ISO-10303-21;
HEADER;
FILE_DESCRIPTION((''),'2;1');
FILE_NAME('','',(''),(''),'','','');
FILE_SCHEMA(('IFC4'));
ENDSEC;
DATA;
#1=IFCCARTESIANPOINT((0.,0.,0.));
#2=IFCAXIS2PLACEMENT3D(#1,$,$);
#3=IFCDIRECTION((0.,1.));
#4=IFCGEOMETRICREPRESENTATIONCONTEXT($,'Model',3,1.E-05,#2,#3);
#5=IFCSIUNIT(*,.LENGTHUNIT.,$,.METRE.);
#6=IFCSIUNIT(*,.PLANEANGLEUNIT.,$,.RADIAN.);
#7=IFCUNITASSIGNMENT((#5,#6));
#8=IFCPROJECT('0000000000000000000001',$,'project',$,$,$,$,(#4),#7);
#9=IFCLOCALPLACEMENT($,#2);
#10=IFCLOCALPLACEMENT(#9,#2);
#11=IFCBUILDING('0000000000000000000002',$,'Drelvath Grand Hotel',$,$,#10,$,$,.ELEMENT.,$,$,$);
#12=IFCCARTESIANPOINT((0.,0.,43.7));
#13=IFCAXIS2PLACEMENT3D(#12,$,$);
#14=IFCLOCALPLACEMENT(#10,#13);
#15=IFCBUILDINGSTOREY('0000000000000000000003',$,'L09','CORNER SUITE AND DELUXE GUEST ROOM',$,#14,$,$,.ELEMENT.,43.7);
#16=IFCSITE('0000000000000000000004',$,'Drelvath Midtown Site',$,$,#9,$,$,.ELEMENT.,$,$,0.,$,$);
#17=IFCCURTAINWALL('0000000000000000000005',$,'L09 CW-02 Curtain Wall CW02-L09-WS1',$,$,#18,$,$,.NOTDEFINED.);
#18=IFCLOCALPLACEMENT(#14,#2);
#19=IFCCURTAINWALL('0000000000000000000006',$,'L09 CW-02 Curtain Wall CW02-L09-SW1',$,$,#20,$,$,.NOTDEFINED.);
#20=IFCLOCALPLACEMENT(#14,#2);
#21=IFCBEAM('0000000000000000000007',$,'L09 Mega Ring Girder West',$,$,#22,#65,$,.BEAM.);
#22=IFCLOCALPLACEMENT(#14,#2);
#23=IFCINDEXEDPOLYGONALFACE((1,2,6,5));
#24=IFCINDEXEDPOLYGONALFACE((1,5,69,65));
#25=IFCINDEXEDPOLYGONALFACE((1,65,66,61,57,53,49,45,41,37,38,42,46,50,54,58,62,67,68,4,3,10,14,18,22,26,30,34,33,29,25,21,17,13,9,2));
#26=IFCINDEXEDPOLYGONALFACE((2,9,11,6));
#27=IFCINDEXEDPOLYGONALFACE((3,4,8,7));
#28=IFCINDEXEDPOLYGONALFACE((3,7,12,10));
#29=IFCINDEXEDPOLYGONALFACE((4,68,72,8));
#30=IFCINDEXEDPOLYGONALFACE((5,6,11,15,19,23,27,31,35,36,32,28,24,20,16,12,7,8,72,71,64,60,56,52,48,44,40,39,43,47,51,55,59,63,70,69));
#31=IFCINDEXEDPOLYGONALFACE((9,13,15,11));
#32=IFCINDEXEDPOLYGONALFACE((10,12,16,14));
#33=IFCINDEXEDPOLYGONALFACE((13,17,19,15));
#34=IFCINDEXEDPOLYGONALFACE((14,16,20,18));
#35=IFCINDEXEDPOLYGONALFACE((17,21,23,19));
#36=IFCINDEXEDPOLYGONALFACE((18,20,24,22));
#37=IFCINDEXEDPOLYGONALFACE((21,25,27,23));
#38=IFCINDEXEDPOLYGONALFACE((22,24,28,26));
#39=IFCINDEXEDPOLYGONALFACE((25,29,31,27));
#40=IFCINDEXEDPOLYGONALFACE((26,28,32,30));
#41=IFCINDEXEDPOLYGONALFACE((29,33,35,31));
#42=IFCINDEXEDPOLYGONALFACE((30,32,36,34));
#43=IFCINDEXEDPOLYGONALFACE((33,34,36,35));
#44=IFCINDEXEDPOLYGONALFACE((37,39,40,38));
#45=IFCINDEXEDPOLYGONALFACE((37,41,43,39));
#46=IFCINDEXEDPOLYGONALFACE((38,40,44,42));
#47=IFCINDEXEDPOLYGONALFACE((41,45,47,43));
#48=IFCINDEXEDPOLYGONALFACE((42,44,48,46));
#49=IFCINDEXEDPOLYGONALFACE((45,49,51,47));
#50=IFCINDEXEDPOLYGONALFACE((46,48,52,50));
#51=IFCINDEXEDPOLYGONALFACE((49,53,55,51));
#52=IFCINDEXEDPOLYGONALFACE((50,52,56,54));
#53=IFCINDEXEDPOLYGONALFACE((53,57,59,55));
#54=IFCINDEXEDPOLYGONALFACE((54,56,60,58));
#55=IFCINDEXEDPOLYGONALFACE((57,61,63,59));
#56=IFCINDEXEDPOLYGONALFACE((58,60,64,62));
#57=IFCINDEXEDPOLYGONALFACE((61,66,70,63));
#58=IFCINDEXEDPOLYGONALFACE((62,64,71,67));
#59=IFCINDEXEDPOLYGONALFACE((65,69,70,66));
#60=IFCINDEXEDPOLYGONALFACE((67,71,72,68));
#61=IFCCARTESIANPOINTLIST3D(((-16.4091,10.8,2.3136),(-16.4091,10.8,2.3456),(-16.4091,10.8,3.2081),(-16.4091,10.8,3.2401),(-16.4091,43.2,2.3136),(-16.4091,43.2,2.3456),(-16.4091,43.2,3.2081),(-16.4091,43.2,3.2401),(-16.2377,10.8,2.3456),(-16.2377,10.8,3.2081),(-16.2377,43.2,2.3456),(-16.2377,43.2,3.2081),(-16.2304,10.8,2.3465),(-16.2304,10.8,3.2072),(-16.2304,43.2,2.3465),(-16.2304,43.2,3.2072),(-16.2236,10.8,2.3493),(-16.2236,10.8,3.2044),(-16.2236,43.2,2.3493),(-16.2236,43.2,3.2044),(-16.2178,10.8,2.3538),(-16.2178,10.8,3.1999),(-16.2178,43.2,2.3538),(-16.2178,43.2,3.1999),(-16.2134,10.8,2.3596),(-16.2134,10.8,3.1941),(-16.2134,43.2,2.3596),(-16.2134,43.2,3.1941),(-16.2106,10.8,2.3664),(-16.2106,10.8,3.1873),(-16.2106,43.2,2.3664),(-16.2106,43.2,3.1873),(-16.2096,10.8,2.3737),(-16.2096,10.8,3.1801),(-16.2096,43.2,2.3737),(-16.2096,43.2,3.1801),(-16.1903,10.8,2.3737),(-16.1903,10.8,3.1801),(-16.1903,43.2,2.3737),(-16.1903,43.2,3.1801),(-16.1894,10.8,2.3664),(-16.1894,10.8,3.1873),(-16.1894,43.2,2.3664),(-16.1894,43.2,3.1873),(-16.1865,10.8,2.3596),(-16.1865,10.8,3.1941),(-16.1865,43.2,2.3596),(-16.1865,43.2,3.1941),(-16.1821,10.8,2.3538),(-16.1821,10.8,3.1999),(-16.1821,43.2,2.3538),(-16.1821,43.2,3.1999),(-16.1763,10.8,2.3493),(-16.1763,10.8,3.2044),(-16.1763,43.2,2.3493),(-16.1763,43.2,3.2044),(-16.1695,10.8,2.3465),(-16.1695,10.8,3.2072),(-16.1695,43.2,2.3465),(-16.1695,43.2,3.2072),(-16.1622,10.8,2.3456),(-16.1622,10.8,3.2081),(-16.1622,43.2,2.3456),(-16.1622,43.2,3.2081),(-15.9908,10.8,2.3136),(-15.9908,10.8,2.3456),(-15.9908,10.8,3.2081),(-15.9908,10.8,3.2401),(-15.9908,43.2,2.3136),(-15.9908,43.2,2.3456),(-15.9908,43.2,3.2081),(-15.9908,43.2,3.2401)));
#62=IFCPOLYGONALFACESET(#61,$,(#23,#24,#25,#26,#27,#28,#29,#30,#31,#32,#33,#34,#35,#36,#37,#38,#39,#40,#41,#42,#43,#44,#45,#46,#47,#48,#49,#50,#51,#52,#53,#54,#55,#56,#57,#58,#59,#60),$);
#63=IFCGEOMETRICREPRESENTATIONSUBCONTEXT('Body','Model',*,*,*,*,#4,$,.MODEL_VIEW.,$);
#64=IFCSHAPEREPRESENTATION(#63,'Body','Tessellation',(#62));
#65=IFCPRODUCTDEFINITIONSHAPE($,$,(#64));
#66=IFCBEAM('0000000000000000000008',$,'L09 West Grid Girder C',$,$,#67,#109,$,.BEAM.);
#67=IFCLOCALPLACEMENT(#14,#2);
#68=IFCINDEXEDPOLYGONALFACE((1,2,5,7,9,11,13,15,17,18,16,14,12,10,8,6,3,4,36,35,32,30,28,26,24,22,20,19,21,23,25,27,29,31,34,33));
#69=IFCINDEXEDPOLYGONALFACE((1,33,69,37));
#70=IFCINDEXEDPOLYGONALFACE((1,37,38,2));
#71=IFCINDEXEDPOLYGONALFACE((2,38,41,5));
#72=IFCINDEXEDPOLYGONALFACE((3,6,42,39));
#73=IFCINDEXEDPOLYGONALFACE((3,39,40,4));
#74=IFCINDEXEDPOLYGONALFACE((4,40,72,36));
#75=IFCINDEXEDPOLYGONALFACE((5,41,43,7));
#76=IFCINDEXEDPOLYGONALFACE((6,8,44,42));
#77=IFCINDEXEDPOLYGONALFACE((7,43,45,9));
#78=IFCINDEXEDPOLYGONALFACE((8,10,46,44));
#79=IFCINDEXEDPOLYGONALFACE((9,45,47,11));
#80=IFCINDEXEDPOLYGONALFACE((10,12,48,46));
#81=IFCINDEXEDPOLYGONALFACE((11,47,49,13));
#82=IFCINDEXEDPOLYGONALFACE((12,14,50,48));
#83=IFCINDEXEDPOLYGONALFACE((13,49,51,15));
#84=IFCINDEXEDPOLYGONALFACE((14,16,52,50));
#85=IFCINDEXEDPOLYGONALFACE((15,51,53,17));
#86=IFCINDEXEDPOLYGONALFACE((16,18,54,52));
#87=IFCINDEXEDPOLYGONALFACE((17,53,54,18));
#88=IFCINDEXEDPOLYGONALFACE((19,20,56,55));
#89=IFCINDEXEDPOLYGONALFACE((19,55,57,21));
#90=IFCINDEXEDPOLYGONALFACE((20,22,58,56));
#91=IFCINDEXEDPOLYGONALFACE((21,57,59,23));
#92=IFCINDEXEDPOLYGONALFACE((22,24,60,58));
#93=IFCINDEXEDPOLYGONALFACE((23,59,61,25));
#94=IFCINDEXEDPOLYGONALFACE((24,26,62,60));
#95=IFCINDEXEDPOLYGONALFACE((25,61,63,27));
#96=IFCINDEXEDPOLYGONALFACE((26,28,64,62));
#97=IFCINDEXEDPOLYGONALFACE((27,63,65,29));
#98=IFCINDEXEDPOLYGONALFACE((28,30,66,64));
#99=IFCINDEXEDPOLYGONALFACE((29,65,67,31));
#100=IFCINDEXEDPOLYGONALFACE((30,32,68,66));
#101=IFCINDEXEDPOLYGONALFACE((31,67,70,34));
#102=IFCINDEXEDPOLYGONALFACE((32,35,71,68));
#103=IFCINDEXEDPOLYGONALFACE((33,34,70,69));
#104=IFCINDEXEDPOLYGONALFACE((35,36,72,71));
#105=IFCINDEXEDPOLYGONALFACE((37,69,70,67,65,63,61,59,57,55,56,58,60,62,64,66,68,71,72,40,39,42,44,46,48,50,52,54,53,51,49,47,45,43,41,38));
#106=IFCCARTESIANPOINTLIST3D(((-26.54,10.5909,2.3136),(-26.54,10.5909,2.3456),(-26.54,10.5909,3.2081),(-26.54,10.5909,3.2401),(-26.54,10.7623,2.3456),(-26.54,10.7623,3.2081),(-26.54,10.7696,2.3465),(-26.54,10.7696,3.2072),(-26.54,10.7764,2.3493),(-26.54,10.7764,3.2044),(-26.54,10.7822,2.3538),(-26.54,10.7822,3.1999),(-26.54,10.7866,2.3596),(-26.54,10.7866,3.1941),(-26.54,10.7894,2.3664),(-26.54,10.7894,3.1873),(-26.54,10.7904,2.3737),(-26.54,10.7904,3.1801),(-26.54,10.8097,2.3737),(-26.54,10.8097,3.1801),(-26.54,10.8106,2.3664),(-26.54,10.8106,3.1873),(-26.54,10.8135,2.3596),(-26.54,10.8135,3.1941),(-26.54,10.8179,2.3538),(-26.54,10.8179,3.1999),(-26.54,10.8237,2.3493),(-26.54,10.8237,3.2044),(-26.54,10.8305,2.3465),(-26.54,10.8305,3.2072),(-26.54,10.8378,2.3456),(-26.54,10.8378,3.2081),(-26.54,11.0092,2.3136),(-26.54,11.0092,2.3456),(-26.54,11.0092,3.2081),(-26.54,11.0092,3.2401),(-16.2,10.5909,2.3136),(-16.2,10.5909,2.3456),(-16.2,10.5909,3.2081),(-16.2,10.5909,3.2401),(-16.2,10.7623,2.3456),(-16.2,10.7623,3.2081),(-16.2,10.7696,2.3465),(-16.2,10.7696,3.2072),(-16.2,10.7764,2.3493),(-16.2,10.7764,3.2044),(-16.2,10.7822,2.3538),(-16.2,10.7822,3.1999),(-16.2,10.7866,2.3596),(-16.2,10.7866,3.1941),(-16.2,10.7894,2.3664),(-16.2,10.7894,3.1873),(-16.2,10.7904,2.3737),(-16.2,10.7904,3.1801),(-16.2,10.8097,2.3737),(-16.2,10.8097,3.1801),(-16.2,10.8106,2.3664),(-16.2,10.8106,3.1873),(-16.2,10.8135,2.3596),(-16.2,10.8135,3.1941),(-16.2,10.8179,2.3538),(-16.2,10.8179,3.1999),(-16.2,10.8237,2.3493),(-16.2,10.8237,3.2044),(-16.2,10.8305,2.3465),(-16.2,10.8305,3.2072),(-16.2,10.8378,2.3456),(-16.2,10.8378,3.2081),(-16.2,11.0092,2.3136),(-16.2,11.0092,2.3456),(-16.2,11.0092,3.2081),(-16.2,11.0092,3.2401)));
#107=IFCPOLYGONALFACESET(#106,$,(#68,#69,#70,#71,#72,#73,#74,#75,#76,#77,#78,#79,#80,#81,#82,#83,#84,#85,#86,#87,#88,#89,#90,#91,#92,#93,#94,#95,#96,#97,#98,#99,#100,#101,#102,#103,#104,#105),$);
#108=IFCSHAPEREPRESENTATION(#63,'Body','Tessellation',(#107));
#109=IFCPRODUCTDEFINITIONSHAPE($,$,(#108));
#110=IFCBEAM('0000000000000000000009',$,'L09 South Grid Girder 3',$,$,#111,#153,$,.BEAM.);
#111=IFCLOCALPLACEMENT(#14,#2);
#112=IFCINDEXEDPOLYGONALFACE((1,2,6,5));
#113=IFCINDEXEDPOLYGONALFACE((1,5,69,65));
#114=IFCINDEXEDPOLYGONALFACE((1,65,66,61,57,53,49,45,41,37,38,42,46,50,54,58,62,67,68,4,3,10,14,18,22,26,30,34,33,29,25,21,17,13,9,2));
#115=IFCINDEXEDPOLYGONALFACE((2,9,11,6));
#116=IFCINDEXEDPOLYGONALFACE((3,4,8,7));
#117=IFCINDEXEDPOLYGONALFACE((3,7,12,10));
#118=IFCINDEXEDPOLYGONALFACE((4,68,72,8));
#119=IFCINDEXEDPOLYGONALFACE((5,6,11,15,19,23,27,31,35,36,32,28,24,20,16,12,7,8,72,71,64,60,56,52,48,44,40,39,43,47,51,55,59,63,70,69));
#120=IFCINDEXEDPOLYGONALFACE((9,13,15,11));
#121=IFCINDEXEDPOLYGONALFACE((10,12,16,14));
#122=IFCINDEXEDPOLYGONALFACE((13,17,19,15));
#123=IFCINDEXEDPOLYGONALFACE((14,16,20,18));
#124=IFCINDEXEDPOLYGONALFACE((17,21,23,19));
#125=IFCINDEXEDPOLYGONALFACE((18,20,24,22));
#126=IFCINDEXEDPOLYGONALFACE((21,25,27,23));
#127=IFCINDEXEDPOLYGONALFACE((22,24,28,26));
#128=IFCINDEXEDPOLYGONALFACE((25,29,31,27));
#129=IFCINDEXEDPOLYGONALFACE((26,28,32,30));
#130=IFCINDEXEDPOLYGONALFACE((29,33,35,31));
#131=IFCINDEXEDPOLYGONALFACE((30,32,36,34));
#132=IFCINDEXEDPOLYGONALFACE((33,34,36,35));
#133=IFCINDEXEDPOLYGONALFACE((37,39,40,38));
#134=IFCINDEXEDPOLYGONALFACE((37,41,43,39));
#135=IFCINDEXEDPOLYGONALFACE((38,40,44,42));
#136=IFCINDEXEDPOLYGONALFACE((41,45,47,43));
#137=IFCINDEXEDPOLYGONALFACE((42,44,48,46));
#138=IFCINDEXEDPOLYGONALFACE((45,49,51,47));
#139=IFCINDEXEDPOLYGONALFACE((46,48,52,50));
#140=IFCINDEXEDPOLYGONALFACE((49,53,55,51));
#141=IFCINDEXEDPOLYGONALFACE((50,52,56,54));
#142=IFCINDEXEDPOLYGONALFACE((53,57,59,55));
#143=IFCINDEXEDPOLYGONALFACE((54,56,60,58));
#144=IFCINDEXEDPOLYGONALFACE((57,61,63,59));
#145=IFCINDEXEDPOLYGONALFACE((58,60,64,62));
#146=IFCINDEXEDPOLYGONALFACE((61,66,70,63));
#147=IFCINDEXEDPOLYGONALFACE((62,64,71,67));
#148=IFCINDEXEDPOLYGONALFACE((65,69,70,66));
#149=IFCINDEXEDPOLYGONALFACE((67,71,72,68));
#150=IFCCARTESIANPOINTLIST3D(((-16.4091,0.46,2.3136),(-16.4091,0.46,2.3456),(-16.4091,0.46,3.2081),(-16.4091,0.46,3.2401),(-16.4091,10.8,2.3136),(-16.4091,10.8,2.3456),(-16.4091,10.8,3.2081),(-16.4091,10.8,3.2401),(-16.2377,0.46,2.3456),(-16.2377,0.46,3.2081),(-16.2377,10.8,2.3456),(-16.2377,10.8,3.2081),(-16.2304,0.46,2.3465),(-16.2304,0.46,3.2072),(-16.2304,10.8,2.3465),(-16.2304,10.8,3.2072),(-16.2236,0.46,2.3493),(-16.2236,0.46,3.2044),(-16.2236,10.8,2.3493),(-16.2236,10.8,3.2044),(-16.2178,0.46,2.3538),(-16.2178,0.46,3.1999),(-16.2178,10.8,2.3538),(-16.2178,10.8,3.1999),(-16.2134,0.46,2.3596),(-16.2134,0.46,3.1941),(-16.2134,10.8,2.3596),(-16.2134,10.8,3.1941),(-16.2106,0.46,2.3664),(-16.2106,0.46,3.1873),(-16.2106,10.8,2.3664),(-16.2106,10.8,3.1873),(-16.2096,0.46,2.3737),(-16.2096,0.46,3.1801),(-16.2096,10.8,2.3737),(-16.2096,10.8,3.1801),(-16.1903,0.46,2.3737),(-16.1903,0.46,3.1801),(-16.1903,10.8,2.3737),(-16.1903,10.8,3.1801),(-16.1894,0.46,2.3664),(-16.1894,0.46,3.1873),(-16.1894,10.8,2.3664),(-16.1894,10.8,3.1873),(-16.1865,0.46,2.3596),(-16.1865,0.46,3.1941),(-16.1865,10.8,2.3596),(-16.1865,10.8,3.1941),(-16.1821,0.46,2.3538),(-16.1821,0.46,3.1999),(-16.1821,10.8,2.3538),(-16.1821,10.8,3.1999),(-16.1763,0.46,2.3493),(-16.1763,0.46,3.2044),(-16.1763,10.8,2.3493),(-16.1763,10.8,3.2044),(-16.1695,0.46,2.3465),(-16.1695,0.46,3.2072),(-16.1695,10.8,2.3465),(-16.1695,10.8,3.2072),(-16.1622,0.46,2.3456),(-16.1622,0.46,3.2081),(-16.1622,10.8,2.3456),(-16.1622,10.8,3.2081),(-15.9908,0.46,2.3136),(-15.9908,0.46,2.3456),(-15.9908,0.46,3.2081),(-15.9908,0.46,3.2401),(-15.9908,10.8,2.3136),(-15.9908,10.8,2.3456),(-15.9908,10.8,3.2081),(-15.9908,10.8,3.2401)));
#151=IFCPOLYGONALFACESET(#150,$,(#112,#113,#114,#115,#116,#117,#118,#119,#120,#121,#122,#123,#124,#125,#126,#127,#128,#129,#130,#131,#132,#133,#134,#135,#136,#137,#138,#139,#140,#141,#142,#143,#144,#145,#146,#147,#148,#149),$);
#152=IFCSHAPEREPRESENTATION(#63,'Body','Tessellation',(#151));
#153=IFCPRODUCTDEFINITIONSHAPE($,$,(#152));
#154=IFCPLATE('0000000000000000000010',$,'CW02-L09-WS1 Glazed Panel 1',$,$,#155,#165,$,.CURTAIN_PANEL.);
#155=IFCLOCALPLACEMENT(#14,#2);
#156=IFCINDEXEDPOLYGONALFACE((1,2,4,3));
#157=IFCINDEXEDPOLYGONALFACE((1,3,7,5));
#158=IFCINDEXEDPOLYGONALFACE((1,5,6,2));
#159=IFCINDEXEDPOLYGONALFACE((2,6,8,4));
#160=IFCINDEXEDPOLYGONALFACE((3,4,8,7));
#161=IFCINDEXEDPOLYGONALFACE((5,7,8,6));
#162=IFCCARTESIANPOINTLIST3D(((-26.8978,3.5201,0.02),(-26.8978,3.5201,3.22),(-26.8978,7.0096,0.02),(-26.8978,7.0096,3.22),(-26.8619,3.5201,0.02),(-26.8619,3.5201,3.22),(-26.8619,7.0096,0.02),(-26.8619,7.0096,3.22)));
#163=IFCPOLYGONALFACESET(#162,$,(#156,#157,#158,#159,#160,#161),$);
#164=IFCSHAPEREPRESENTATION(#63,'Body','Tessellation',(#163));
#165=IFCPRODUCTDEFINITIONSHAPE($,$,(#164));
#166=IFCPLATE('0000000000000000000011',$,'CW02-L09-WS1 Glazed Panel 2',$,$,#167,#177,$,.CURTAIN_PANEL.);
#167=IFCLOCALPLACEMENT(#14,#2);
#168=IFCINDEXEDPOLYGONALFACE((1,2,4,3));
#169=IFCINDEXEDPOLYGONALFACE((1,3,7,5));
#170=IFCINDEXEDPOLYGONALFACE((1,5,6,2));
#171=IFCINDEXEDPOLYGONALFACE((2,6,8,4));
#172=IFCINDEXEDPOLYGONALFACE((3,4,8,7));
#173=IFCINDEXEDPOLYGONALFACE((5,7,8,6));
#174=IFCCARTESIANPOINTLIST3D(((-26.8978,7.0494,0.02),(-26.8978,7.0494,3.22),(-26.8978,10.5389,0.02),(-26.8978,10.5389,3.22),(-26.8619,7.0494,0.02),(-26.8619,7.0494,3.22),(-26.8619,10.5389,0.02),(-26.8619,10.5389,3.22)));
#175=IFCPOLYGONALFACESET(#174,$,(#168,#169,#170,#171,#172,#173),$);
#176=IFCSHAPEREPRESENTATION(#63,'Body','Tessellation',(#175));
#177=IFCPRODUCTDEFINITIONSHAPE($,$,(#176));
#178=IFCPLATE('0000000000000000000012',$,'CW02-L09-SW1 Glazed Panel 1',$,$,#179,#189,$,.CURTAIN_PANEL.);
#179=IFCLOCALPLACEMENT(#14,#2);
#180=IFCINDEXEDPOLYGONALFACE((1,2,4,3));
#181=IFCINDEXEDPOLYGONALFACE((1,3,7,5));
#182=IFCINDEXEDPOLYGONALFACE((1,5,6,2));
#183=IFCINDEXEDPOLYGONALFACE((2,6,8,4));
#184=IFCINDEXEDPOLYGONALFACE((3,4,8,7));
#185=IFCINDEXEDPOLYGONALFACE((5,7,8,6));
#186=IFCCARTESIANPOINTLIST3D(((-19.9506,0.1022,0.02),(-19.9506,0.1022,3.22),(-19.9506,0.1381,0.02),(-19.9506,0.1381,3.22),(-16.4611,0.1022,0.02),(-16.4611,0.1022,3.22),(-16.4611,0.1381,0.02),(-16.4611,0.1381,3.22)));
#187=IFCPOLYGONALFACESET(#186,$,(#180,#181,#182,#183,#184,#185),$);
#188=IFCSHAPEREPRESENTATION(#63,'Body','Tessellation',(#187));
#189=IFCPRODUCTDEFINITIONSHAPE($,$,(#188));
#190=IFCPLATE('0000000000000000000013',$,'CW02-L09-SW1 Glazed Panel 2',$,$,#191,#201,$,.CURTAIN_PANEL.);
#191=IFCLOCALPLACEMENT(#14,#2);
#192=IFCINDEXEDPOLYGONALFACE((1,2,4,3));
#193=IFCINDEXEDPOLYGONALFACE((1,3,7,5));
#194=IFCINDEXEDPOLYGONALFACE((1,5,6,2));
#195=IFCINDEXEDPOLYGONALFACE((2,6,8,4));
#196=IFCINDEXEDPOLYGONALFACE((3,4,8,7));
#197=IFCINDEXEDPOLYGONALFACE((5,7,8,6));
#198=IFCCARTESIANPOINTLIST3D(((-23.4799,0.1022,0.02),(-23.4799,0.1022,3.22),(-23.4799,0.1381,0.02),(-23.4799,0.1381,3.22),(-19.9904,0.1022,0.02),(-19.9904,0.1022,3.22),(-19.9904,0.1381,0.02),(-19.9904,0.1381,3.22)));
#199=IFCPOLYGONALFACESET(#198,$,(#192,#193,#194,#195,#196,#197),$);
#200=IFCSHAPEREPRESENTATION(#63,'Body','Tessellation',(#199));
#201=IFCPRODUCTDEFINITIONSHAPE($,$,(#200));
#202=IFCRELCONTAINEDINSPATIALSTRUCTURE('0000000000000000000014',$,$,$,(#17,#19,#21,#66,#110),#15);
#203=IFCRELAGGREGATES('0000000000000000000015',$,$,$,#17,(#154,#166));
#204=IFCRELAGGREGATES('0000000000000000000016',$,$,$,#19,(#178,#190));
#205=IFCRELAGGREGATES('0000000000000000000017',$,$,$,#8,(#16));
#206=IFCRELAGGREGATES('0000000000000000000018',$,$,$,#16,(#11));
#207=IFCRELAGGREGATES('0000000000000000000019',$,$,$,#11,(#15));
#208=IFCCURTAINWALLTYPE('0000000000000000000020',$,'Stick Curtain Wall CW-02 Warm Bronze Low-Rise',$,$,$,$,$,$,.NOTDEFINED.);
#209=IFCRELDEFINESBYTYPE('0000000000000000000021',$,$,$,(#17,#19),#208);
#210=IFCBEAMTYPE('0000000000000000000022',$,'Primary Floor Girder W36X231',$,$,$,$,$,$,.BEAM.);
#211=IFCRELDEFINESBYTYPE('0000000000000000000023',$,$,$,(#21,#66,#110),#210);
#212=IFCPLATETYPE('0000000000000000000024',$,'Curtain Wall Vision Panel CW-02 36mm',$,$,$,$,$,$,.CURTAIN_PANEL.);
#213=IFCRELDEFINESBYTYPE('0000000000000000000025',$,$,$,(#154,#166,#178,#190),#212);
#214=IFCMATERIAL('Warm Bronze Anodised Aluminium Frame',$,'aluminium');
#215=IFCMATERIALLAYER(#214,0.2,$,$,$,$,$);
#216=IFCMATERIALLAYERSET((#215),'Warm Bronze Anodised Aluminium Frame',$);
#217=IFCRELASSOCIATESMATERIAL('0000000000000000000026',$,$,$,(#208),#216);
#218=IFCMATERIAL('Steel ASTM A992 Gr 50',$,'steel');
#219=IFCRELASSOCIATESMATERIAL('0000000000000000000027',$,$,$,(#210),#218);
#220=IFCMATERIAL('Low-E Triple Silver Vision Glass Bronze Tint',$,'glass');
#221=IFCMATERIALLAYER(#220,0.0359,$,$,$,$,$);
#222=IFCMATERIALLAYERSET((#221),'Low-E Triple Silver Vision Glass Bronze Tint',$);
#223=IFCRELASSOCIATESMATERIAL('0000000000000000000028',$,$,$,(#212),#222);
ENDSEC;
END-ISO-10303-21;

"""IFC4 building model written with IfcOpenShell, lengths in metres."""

from ifc_helpers import new_model, si_unit, direction, frame, origin, origin_2d, place, context, subcontext, project, spatial, rectangle, i_section, extrude, material, layer, layer_set, material_profile, profile_set, type_object, element, aggregate, save


model = new_model("IFC4")

# Units and contexts
model_context = context("Model", 3, precision=1e-05, world=origin(), true_north=direction((0.0, 1.0)))
body_context = subcontext(model_context, "Body", "Model", "MODEL_VIEW")
ifc_project = project(units=[si_unit("LENGTHUNIT", "METRE"), si_unit("PLANEANGLEUNIT", "RADIAN")], contexts=[model_context])

# Site, building, storey
site_placement = place(None, origin())
site = spatial("IfcSite", under=ifc_project, at=site_placement, Name="Drelvath Midtown Site", CompositionType="ELEMENT", RefElevation=0.0)
building_placement = place(site_placement, origin())
building = spatial("IfcBuilding", under=site, at=building_placement, Name="Drelvath Grand Hotel", CompositionType="ELEMENT")
storey_placement = place(building_placement, frame((0.0, 0.0, 43.7)))
storey = spatial("IfcBuildingStorey", under=building, at=storey_placement, Name="L09", Description="CORNER SUITE AND DELUXE GUEST ROOM", CompositionType="ELEMENT", Elevation=43.7)

# Curtain walls
ifc_material_1 = material(Name="Warm Bronze Anodised Aluminium Frame", Category="aluminium")
ifc_layer_1 = layer(ifc_material_1, 0.2)
ifc_layer_set_1 = layer_set([ifc_layer_1], Name="Warm Bronze Anodised Aluminium Frame")
curtain_wall_type = type_object("IfcCurtainWallType", Name="Stick Curtain Wall CW-02 Warm Bronze Low-Rise", PredefinedType="NOTDEFINED", material=ifc_layer_set_1)
curtain_wall_1_placement = place(storey_placement, origin())
curtain_wall_1 = element("IfcCurtainWall", 1, at=curtain_wall_1_placement, inside=storey, type_object=curtain_wall_type, Name="L09 CW-02 Curtain Wall CW02-L09-WS1", PredefinedType="NOTDEFINED")
curtain_wall_2_placement = place(storey_placement, origin())
curtain_wall_2 = element("IfcCurtainWall", 2, at=curtain_wall_2_placement, inside=storey, type_object=curtain_wall_type, Name="L09 CW-02 Curtain Wall CW02-L09-SW1", PredefinedType="NOTDEFINED")

# Beams
ifc_material_2 = material(Name="Steel ASTM A992 Gr 50", Category="steel")
ifc_material_profile_1 = material_profile(ifc_material_2, i_section(OverallWidth=0.4182, OverallDepth=0.9265, WebThickness=0.0193, FlangeThickness=0.032, FilletRadius=0.0281, at=origin_2d()), Name="W36X231")
ifc_profile_set_1 = profile_set([ifc_material_profile_1], Name="Steel ASTM A992 Gr 50")
beam_type_1 = type_object("IfcBeamType", Name="Primary Floor Girder W36X231", PredefinedType="BEAM", material=ifc_profile_set_1)
for number, where, z_axis, x_axis, name in (
    (3, (-16.2, 10.8, 2.7769), (0.0, 1.0, 0.0), (-1.0, 0.0, 0.0), "L09 Mega Ring Girder West"),
):
    element("IfcBeam", number, at=place(storey_placement, frame(where, z_axis=z_axis, x_axis=x_axis)), inside=storey, type_object=beam_type_1, Name=name, PredefinedType="BEAM", context=body_context, shape_type="SweptSolid", body=[
        extrude(i_section(OverallWidth=0.4182, OverallDepth=0.9265, WebThickness=0.0193, FlangeThickness=0.032, FilletRadius=0.0281, at=origin_2d()), origin(), (0.0, 0.0, 1.0), 32.3999),
    ])
for number, where, z_axis, x_axis, name in (
    (4, (-26.54, 10.8, 2.7769), (1.0, 0.0, 0.0), (0.0, 1.0, 0.0), "L09 West Grid Girder C"),
    (5, (-16.2, 0.46, 2.7769), (0.0, 1.0, 0.0), (-1.0, 0.0, 0.0), "L09 South Grid Girder 3"),
):
    element("IfcBeam", number, at=place(storey_placement, frame(where, z_axis=z_axis, x_axis=x_axis)), inside=storey, type_object=beam_type_1, Name=name, PredefinedType="BEAM", context=body_context, shape_type="SweptSolid", body=[
        extrude(i_section(OverallWidth=0.4182, OverallDepth=0.9265, WebThickness=0.0193, FlangeThickness=0.032, FilletRadius=0.0281, at=origin_2d()), origin(), (0.0, 0.0, 1.0), 10.3401),
    ])

# Plates
ifc_material_3 = material(Name="Low-E Triple Silver Vision Glass Bronze Tint", Category="glass")
ifc_layer_2 = layer(ifc_material_3, 0.0359)
ifc_layer_set_2 = layer_set([ifc_layer_2], Name="Low-E Triple Silver Vision Glass Bronze Tint")
plate_type = type_object("IfcPlateType", Name="Curtain Wall Vision Panel CW-02 36mm", PredefinedType="CURTAIN_PANEL", material=ifc_layer_set_2)
plate_1_placement = place(storey_placement, frame((-26.8799, 5.2649, 0.02), z_axis=(0.0, 0.0, 1.0), x_axis=(0.0, 1.0, 0.0)))
plate_1 = element("IfcPlate", 6, at=plate_1_placement, type_object=plate_type, Name="CW02-L09-WS1 Glazed Panel 1", PredefinedType="CURTAIN_PANEL", context=body_context, shape_type="SweptSolid", body=[
    extrude(rectangle(XDim=3.4895, YDim=0.0359, at=origin_2d()), origin(), (0.0, 0.0, 1.0), 3.2),
])
plate_2_placement = place(storey_placement, frame((-26.8799, 8.7942, 0.02), z_axis=(0.0, 0.0, 1.0), x_axis=(0.0, 1.0, 0.0)))
plate_2 = element("IfcPlate", 7, at=plate_2_placement, type_object=plate_type, Name="CW02-L09-WS1 Glazed Panel 2", PredefinedType="CURTAIN_PANEL", context=body_context, shape_type="SweptSolid", body=[
    extrude(rectangle(XDim=3.4895, YDim=0.0359, at=origin_2d()), origin(), (0.0, 0.0, 1.0), 3.2),
])
aggregate(curtain_wall_1, [plate_1, plate_2])
plate_3_placement = place(storey_placement, frame((-18.2058, 0.1201, 0.02), z_axis=(0.0, 0.0, 1.0), x_axis=(-1.0, 0.0, 0.0)))
plate_3 = element("IfcPlate", 8, at=plate_3_placement, type_object=plate_type, Name="CW02-L09-SW1 Glazed Panel 1", PredefinedType="CURTAIN_PANEL", context=body_context, shape_type="SweptSolid", body=[
    extrude(rectangle(XDim=3.4895, YDim=0.0359, at=origin_2d()), origin(), (0.0, 0.0, 1.0), 3.2),
])
plate_4_placement = place(storey_placement, frame((-21.7351, 0.1201, 0.02), z_axis=(0.0, 0.0, 1.0), x_axis=(-1.0, 0.0, 0.0)))
plate_4 = element("IfcPlate", 9, at=plate_4_placement, type_object=plate_type, Name="CW02-L09-SW1 Glazed Panel 2", PredefinedType="CURTAIN_PANEL", context=body_context, shape_type="SweptSolid", body=[
    extrude(rectangle(XDim=3.4895, YDim=0.0359, at=origin_2d()), origin(), (0.0, 0.0, 1.0), 3.2),
])
aggregate(curtain_wall_2, [plate_3, plate_4])

save(model, "model.ifc")
